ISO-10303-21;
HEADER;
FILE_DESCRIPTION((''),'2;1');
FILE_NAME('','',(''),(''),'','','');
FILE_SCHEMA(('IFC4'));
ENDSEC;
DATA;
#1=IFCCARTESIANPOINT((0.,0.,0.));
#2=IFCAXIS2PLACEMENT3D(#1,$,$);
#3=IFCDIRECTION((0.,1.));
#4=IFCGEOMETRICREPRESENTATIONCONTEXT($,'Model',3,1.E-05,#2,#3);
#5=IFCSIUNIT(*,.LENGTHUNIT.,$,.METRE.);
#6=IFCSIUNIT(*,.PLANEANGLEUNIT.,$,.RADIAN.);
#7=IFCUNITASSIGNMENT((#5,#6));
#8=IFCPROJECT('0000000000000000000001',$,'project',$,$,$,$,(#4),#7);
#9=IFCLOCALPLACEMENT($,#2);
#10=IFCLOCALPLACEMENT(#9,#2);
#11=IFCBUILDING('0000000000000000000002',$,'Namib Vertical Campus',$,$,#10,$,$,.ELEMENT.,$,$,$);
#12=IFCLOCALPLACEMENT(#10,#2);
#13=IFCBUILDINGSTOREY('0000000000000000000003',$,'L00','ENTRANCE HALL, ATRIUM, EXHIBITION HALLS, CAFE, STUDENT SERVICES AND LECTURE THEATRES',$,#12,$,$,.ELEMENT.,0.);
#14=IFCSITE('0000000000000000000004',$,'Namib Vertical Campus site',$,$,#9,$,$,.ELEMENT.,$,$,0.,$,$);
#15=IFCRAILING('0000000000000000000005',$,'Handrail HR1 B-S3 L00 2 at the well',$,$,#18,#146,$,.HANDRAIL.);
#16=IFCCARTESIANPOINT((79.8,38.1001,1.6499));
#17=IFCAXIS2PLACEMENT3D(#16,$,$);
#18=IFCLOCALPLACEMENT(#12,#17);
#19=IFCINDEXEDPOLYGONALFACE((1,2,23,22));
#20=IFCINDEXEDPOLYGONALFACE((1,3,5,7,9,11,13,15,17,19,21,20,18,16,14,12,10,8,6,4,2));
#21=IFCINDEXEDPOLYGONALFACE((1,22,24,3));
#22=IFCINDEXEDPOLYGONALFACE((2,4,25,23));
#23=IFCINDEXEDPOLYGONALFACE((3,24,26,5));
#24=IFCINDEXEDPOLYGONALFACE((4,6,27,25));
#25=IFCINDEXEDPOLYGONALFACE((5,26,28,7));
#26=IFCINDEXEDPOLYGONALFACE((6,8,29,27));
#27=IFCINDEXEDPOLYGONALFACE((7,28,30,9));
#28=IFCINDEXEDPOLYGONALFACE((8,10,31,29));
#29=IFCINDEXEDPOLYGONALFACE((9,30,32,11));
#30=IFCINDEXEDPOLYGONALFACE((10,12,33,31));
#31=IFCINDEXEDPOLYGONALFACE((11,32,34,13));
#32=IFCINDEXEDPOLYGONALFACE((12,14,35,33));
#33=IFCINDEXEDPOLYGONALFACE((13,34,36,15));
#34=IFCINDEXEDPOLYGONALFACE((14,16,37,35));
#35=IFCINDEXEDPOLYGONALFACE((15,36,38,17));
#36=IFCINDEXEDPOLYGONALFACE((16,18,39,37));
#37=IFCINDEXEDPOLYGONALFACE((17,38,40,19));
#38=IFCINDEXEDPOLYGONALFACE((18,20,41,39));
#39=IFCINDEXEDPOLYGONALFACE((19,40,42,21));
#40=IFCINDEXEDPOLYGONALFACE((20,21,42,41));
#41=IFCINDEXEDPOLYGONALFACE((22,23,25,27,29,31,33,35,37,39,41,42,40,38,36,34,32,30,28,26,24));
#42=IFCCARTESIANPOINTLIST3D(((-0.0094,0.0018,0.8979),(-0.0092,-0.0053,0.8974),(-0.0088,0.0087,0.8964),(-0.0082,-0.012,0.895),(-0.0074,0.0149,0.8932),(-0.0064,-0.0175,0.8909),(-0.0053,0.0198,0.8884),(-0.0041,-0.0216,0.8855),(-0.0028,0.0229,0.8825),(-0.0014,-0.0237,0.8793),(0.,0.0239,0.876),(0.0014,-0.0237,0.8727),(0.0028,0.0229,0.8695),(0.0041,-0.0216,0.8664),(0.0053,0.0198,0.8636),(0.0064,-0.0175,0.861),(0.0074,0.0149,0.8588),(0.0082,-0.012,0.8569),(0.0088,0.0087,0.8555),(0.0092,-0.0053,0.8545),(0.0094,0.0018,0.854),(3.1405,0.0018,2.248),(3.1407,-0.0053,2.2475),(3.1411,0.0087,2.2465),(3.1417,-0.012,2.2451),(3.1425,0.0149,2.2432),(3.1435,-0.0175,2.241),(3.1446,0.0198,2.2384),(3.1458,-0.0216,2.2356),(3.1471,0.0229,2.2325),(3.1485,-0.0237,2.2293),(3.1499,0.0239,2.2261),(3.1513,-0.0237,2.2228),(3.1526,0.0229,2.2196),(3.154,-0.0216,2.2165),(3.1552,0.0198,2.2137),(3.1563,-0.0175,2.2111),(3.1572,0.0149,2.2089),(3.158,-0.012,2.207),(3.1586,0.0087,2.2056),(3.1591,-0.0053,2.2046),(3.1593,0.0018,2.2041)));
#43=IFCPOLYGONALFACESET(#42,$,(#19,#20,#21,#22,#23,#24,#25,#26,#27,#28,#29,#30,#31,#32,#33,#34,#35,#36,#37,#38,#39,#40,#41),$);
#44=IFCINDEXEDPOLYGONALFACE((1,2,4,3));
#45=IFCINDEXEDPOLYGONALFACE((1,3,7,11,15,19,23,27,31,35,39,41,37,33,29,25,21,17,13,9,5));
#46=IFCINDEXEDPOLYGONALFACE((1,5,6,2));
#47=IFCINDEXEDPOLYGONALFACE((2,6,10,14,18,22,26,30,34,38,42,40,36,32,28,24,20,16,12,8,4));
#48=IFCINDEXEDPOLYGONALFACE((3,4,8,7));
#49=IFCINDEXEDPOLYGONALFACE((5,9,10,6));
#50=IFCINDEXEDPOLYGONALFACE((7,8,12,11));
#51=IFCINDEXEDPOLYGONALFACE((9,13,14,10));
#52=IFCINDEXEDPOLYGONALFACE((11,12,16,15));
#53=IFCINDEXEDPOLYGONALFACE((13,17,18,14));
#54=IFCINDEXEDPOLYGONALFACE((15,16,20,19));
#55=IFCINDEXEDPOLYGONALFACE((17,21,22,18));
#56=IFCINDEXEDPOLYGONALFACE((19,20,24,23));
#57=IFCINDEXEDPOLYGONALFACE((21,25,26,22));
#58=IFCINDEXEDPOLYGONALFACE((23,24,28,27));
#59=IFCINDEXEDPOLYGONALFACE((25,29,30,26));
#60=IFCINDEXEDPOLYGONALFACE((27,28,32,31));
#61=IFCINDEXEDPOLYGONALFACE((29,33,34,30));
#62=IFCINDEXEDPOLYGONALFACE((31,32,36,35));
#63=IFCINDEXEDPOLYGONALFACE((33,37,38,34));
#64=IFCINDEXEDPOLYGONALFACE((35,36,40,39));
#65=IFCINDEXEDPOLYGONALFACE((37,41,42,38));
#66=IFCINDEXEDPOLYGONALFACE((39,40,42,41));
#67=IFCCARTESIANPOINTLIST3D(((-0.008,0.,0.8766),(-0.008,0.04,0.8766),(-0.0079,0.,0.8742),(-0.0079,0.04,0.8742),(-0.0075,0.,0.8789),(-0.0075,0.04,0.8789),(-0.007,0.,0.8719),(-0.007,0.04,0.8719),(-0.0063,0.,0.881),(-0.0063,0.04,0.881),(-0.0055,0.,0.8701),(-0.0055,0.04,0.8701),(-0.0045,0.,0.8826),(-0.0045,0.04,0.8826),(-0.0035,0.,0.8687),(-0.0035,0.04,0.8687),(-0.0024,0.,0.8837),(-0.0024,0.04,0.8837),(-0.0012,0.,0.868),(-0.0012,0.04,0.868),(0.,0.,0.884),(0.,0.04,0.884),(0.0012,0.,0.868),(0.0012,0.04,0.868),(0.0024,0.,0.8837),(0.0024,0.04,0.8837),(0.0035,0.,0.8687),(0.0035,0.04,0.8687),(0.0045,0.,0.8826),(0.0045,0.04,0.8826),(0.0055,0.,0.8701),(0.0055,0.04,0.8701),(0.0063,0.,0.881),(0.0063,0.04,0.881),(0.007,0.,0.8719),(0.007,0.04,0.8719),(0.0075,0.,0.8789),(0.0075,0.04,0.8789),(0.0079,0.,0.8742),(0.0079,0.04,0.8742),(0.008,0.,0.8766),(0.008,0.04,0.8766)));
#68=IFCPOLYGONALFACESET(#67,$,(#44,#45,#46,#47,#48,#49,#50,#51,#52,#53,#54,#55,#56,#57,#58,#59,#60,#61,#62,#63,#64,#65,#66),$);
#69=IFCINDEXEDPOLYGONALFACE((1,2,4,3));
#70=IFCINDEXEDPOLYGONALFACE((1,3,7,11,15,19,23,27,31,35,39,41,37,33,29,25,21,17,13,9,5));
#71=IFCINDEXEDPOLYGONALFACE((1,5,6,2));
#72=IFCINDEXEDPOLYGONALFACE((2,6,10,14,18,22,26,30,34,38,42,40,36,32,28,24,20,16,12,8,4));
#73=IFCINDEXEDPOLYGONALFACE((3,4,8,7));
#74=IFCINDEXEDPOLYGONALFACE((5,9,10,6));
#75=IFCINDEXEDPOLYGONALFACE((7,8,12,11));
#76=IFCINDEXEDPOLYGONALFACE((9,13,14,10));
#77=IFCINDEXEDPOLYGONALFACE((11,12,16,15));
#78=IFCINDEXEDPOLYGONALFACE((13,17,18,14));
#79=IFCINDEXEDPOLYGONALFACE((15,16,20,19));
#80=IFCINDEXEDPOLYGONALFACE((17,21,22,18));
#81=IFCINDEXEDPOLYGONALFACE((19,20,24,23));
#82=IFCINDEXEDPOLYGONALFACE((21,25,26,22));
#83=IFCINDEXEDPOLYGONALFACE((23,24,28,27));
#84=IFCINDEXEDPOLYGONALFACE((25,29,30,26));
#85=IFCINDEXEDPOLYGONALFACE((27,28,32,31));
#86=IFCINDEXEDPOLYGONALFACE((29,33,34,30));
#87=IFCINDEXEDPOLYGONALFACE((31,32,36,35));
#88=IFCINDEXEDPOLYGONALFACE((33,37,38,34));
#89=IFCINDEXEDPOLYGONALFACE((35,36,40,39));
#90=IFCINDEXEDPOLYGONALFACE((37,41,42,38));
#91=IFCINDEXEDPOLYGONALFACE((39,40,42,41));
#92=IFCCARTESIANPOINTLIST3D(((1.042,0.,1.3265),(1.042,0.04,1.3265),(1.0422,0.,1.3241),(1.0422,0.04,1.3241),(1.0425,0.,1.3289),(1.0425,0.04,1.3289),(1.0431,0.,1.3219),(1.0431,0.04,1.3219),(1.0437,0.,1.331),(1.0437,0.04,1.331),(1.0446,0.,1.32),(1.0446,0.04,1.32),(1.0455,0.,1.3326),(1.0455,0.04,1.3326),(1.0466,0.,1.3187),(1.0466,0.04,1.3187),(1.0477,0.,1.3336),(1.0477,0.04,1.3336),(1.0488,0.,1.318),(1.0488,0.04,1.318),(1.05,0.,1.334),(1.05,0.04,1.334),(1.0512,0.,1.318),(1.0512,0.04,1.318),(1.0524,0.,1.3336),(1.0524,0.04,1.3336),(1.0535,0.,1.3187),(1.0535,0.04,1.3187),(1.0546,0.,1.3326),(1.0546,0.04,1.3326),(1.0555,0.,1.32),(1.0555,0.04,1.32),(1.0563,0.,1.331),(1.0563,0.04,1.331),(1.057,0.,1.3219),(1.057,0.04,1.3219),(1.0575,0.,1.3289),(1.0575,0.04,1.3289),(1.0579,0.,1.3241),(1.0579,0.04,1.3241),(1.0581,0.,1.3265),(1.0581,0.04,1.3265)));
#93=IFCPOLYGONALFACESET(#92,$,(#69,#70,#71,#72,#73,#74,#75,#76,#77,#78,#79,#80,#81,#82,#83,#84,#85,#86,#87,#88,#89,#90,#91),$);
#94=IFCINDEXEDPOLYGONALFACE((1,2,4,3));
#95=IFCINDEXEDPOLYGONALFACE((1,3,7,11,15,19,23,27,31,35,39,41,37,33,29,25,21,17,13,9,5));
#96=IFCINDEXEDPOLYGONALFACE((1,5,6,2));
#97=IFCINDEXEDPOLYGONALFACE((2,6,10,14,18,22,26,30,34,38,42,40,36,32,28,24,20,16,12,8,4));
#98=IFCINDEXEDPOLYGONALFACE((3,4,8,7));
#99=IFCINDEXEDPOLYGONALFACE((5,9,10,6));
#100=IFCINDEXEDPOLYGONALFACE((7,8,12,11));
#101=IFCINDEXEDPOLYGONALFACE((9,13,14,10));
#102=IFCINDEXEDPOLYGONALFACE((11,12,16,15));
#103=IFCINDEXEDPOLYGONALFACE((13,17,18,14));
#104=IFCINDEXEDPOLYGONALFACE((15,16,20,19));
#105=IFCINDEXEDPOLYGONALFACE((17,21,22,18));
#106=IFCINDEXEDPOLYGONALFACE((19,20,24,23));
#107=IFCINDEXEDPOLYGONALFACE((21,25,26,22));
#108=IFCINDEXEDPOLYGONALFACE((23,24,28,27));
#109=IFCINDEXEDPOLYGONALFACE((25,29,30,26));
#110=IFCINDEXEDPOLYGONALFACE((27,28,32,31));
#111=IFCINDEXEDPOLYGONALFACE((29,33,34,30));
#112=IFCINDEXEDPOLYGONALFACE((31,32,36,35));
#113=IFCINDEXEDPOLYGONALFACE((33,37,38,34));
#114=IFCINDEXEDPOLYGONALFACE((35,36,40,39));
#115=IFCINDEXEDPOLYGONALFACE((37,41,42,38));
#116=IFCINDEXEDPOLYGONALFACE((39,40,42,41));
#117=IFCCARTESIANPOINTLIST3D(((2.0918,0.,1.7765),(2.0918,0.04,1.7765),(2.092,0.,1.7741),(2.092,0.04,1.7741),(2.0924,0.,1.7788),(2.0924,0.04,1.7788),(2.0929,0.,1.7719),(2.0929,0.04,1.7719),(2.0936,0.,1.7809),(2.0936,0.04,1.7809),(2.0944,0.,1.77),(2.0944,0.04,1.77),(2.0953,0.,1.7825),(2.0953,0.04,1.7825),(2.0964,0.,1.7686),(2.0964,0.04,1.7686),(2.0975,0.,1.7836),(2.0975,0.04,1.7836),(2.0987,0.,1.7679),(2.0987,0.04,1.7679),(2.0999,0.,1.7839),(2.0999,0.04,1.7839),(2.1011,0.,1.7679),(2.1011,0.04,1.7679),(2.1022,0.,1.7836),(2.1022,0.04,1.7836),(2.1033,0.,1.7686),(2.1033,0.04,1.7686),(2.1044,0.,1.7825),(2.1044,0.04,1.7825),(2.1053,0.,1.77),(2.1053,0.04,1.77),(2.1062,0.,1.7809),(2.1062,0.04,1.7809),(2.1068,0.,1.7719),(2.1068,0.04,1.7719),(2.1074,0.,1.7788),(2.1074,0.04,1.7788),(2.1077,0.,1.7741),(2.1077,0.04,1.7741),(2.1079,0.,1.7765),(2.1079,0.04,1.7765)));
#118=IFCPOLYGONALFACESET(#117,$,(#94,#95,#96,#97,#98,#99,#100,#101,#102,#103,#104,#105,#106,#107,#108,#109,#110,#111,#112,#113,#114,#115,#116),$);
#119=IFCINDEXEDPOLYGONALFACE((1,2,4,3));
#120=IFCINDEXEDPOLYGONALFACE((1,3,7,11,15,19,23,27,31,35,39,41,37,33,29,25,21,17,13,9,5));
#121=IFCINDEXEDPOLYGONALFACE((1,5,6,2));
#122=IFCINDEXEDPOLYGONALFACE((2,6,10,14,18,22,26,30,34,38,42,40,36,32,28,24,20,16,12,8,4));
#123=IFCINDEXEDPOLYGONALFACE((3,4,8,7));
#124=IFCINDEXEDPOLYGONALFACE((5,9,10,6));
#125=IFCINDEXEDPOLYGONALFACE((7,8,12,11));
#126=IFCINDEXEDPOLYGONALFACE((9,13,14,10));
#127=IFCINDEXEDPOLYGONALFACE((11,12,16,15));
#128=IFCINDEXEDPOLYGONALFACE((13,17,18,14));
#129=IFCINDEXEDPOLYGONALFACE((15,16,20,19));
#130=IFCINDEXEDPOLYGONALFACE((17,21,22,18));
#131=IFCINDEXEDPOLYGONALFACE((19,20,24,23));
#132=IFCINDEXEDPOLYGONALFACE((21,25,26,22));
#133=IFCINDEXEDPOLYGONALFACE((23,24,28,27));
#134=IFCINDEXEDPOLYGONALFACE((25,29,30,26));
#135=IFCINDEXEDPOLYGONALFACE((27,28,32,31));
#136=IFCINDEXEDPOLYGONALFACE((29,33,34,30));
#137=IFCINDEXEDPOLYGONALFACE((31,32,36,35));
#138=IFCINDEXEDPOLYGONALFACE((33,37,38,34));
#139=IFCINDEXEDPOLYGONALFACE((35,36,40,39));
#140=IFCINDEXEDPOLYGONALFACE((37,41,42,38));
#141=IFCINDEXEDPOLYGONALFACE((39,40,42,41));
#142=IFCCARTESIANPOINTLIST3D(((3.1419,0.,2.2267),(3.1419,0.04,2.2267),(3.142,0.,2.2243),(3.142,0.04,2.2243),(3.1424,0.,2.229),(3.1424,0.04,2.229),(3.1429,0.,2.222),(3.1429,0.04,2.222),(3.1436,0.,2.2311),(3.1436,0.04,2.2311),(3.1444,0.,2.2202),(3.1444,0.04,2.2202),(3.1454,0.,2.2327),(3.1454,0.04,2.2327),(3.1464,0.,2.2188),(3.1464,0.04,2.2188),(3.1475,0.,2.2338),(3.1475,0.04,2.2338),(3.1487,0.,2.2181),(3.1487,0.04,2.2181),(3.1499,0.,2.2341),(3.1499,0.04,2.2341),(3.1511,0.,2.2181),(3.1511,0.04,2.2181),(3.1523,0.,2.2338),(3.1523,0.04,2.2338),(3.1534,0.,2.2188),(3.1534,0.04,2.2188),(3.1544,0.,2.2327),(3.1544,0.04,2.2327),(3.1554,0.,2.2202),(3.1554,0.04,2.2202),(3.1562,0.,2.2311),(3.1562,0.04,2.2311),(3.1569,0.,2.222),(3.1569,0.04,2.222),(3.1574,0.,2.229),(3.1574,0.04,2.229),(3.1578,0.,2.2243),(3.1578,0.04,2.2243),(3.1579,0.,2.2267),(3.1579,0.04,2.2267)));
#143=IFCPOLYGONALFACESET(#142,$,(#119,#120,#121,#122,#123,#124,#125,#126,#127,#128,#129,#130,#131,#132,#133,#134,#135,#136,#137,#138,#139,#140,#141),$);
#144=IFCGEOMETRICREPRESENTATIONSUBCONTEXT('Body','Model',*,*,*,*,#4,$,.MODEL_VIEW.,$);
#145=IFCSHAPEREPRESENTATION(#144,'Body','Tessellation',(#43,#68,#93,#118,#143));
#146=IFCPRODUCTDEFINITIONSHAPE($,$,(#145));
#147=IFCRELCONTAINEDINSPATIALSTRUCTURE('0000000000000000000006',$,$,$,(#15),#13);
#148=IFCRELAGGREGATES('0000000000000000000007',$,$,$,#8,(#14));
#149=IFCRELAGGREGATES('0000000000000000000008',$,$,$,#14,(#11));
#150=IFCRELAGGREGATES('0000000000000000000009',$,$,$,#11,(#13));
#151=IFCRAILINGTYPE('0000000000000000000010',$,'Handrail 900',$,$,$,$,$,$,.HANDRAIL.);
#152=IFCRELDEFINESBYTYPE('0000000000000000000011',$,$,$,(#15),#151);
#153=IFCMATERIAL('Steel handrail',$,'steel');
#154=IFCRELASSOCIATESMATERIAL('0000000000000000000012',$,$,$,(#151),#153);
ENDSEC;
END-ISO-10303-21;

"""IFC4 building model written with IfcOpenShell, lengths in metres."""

from ifc_helpers import new_model, si_unit, direction, frame, origin, origin_2d, place, context, subcontext, project, spatial, circle, extrude, material, type_object, element, save


model = new_model("IFC4")

# Units and contexts
model_context = context("Model", 3, precision=1e-05, world=origin(), true_north=direction((0.0, 1.0)))
body_context = subcontext(model_context, "Body", "Model", "MODEL_VIEW")
ifc_project = project(units=[si_unit("LENGTHUNIT", "METRE"), si_unit("PLANEANGLEUNIT", "RADIAN")], contexts=[model_context])

# Site, building, storey
site_placement = place(None, origin())
site = spatial("IfcSite", under=ifc_project, at=site_placement, Name="Namib Vertical Campus site", CompositionType="ELEMENT", RefElevation=0.0)
building_placement = place(site_placement, origin())
building = spatial("IfcBuilding", under=site, at=building_placement, Name="Namib Vertical Campus", CompositionType="ELEMENT")
storey_placement = place(building_placement, origin())
storey = spatial("IfcBuildingStorey", under=building, at=storey_placement, Name="L00", Description="ENTRANCE HALL, ATRIUM, EXHIBITION HALLS, CAFE, STUDENT SERVICES AND LECTURE THEATRES", CompositionType="ELEMENT", Elevation=0.0)

# Railing
ifc_material_1 = material(Name="Steel handrail", Category="steel")
railing_type_1 = type_object("IfcRailingType", Name="Handrail 900", PredefinedType="HANDRAIL", material=ifc_material_1)
railing_1_placement = place(storey_placement, frame((79.8, 38.1001, 1.6499)))
element("IfcRailing", 1, at=railing_1_placement, inside=storey, type_object=railing_type_1, Name="Handrail HR1 B-S3 L00 2 at the well", PredefinedType="HANDRAIL", context=body_context, shape_type="SweptSolid", body=[
    extrude(circle(Radius=0.0239, at=origin_2d()), frame((0.0, 0.0, 0.876), z_axis=(0.91913, 0.0, 0.393954), x_axis=(0.0, 1.0, 0.0)), (0.0, 0.0, 1.0), 3.427),
    extrude(circle(Radius=0.0081, at=origin_2d()), frame((0.0, 0.0, 0.876), z_axis=(0.0, 1.0, 0.0), x_axis=(0.0, 0.0, 1.0)), (0.0, 0.0, 1.0), 0.04),
    extrude(circle(Radius=0.0081, at=origin_2d()), frame((1.05, 0.0, 1.3259), z_axis=(0.0, 1.0, 0.0), x_axis=(0.0, 0.0, 1.0)), (0.0, 0.0, 1.0), 0.04),
    extrude(circle(Radius=0.0081, at=origin_2d()), frame((2.0999, 0.0, 1.7759), z_axis=(0.0, 1.0, 0.0), x_axis=(0.0, 0.0, 1.0)), (0.0, 0.0, 1.0), 0.04),
    extrude(circle(Radius=0.0081, at=origin_2d()), frame((3.1499, 0.0, 2.2261), z_axis=(0.0, 1.0, 0.0), x_axis=(0.0, 0.0, 1.0)), (0.0, 0.0, 1.0), 0.04),
])

save(model, "model.ifc")
